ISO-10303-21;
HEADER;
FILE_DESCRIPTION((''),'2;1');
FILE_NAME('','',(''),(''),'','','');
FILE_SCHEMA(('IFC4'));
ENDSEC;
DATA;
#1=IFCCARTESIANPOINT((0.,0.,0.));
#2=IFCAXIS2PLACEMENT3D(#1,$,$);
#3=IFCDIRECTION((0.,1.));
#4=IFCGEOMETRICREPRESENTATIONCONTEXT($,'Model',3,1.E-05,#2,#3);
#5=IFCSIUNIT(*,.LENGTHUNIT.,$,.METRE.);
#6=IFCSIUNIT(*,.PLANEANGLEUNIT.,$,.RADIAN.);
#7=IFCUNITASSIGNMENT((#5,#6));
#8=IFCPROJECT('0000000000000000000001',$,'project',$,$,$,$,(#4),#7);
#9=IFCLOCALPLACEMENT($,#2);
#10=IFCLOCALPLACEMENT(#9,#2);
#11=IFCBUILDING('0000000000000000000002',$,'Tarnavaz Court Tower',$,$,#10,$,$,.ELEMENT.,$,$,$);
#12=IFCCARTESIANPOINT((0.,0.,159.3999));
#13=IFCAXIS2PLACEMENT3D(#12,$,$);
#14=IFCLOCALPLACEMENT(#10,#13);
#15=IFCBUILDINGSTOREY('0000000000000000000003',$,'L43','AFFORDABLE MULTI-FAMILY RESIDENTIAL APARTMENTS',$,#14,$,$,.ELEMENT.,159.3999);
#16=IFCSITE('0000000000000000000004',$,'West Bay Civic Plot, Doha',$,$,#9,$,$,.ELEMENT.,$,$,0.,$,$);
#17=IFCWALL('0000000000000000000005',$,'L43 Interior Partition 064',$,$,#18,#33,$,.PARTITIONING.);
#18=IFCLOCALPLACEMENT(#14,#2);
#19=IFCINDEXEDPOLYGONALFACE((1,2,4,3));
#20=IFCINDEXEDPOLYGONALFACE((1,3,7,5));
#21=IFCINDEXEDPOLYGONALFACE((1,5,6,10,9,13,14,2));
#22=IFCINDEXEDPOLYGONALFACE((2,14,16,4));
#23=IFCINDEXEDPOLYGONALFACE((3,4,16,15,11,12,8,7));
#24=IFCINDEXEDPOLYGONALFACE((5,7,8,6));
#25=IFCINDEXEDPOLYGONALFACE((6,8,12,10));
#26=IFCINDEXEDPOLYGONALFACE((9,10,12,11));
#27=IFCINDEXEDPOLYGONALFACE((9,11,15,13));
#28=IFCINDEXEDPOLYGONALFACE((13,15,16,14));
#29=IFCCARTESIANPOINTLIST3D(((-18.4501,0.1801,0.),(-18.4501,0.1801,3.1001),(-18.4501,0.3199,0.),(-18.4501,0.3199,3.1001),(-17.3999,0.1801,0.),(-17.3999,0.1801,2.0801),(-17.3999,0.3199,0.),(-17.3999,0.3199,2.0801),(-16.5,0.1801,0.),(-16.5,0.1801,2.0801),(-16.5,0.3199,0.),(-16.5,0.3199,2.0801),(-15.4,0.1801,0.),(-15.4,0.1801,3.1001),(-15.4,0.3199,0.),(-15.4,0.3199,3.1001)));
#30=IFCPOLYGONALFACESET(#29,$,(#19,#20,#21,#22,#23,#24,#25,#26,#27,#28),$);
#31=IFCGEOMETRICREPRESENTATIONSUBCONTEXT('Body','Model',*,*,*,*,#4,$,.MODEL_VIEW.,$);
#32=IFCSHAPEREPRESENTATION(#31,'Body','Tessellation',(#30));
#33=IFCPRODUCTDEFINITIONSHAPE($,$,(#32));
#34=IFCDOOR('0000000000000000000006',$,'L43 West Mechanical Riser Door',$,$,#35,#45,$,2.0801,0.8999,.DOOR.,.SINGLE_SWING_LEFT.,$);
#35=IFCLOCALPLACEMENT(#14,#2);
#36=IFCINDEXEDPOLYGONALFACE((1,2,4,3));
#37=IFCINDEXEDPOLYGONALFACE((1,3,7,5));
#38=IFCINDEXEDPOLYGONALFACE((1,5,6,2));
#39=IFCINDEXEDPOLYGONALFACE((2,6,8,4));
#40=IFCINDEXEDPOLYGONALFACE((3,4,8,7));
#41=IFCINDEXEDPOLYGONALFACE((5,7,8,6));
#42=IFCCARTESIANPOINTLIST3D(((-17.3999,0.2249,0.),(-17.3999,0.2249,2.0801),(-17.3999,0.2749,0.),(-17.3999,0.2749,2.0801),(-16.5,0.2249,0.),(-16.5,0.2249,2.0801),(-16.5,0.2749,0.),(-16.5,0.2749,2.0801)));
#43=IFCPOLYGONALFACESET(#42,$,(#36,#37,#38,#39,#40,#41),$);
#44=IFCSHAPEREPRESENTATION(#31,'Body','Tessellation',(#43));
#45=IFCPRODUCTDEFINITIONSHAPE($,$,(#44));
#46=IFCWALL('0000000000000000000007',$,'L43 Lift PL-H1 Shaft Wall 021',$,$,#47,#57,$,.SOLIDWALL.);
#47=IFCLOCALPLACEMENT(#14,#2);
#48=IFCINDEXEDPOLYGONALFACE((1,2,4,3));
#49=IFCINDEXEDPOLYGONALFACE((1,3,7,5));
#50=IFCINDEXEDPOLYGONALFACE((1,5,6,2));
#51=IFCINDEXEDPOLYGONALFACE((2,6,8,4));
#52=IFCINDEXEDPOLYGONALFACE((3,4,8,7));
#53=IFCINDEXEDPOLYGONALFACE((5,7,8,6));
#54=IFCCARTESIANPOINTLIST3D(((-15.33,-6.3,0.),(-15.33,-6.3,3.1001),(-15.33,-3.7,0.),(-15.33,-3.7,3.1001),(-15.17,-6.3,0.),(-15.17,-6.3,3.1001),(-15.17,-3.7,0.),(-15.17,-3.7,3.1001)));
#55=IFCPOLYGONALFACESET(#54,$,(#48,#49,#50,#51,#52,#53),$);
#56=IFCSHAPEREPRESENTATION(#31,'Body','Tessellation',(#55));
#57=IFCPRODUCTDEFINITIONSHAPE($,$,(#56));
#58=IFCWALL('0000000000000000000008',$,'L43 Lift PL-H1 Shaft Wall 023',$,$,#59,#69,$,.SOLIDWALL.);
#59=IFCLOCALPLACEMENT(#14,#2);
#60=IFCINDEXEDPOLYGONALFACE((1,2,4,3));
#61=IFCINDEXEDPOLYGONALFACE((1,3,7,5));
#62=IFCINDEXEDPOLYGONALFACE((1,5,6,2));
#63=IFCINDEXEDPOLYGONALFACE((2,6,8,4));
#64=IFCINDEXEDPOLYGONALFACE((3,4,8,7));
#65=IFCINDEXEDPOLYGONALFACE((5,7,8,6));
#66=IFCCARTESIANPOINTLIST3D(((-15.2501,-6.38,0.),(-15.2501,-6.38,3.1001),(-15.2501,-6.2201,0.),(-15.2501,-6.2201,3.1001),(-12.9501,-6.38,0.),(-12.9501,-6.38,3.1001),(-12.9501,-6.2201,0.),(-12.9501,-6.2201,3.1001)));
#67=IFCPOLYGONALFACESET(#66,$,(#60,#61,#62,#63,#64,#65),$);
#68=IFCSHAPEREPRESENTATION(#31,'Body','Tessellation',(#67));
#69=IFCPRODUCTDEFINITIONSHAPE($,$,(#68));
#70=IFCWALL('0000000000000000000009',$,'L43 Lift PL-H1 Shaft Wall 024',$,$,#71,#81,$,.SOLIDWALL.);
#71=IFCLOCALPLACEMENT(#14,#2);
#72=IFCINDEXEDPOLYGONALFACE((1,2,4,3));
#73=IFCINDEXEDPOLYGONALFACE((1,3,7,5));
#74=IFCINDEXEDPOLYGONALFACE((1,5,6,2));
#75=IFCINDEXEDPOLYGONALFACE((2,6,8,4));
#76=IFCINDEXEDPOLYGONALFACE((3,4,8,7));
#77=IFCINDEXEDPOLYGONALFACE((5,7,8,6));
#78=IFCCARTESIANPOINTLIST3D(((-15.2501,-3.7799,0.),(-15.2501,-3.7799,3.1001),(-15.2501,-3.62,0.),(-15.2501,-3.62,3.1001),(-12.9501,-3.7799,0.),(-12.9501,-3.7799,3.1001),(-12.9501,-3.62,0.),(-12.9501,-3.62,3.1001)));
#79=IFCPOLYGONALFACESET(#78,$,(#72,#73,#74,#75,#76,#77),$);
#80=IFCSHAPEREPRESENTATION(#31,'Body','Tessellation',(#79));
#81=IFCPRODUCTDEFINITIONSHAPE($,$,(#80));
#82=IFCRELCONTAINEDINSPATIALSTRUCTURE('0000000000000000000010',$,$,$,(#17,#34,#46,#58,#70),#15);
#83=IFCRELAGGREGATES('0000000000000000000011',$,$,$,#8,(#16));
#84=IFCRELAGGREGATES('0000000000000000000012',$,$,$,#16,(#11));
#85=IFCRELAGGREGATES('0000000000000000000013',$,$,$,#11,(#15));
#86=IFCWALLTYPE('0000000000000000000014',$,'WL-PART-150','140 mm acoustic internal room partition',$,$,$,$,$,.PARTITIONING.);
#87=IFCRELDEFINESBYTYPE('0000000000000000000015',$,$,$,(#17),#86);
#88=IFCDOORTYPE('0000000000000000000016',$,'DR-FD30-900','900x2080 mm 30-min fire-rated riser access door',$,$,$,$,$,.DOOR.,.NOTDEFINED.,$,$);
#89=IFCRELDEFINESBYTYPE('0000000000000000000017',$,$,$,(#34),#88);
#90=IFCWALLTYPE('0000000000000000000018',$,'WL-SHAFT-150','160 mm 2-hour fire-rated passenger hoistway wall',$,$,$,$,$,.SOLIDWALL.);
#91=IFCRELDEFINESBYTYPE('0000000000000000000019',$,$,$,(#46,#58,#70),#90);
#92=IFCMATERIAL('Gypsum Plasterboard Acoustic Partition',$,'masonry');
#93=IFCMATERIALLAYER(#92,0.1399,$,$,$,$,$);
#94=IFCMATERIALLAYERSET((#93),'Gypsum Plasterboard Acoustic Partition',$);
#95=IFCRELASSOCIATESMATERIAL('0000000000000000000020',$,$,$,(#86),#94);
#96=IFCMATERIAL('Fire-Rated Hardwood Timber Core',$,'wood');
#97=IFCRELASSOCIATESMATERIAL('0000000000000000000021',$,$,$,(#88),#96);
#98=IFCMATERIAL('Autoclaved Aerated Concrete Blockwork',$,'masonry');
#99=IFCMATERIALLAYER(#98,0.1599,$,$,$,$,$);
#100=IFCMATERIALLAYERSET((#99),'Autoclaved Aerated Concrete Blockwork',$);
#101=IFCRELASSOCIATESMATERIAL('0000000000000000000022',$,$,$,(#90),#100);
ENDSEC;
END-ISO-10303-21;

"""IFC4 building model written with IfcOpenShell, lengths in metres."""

from ifc_helpers import new_model, si_unit, direction, frame, frame_2d, origin, place, context, subcontext, project, spatial, rectangle, extrude, material, layer, layer_set, type_object, element, fill, save


model = new_model("IFC4")

# Units and contexts
model_context = context("Model", 3, precision=1e-05, world=origin(), true_north=direction((0.0, 1.0)))
body_context = subcontext(model_context, "Body", "Model", "MODEL_VIEW")
ifc_project = project(units=[si_unit("LENGTHUNIT", "METRE"), si_unit("PLANEANGLEUNIT", "RADIAN")], contexts=[model_context])

# Site, building, storey
site_placement = place(None, origin())
site = spatial("IfcSite", under=ifc_project, at=site_placement, Name="West Bay Civic Plot, Doha", CompositionType="ELEMENT", RefElevation=0.0)
building_placement = place(site_placement, origin())
building = spatial("IfcBuilding", under=site, at=building_placement, Name="Tarnavaz Court Tower", CompositionType="ELEMENT")
storey_placement = place(building_placement, frame((0.0, 0.0, 159.3999)))
storey = spatial("IfcBuildingStorey", under=building, at=storey_placement, Name="L43", Description="AFFORDABLE MULTI-FAMILY RESIDENTIAL APARTMENTS", CompositionType="ELEMENT", Elevation=159.3999)

# Wall, opening, door
ifc_material_1 = material(Name="Fire-Rated Hardwood Timber Core", Category="wood")
ifc_material_2 = material(Name="Gypsum Plasterboard Acoustic Partition", Category="masonry")
ifc_layer_1 = layer(ifc_material_2, 0.1399)
ifc_layer_set_1 = layer_set([ifc_layer_1], Name="Gypsum Plasterboard Acoustic Partition")
wall_type_1 = type_object("IfcWallType", Name="WL-PART-150", Description="140 mm acoustic internal room partition", PredefinedType="PARTITIONING", material=ifc_layer_set_1)
door_type_1 = type_object("IfcDoorType", Name="DR-FD30-900", Description="900x2080 mm 30-min fire-rated riser access door", OperationType="NOTDEFINED", PredefinedType="DOOR", material=ifc_material_1)
wall_1_placement = place(storey_placement, frame((-18.45, 0.25, 0.0), z_axis=(0.0, 0.0, 1.0), x_axis=(1.0, 0.0, 0.0)))
wall_1 = element("IfcWall", 1, at=wall_1_placement, inside=storey, type_object=wall_type_1, Name="L43 Interior Partition 064", PredefinedType="PARTITIONING", context=body_context, shape_type="SweptSolid", body=[
    extrude(rectangle(XDim=3.05, YDim=0.1399, at=frame_2d((1.5249, 0.0))), origin(), (0.0, 0.0, 1.0), 3.1001),
])
opening_1_placement = place(wall_1_placement, frame((1.05, 0.0, 0.0)))
opening_1 = element("IfcOpeningElement", 2, at=opening_1_placement, cuts=wall_1, PredefinedType="OPENING", context=body_context, shape_type="SweptSolid", body=[
    extrude(rectangle(XDim=0.8999, YDim=2.0801, at=frame_2d((0.45, 1.04))), frame((0.0, 0.0798, 0.0), z_axis=(0.0, -1.0, 0.0), x_axis=(1.0, 0.0, 0.0)), (0.0, 0.0, 1.0), 0.1599),
])
door_1_placement = place(opening_1_placement, origin())
door_1 = element("IfcDoor", 3, at=door_1_placement, inside=storey, type_object=door_type_1, Name="L43 West Mechanical Riser Door", OperationType="SINGLE_SWING_LEFT", OverallHeight=2.0801, OverallWidth=0.8999, PredefinedType="DOOR", context=body_context, shape_type="SweptSolid", body=[
    extrude(rectangle(XDim=0.8999, YDim=2.0801, at=frame_2d((0.45, 1.04))), frame((0.0, 0.0249, 0.0), z_axis=(0.0, -1.0, 0.0), x_axis=(1.0, 0.0, 0.0)), (0.0, 0.0, 1.0), 0.05),
])
fill(opening_1, door_1)

# Walls
ifc_material_3 = material(Name="Autoclaved Aerated Concrete Blockwork", Category="masonry")
ifc_layer_2 = layer(ifc_material_3, 0.1599)
ifc_layer_set_2 = layer_set([ifc_layer_2], Name="Autoclaved Aerated Concrete Blockwork")
wall_type_2 = type_object("IfcWallType", Name="WL-SHAFT-150", Description="160 mm 2-hour fire-rated passenger hoistway wall", PredefinedType="SOLIDWALL", material=ifc_layer_set_2)
wall_2_placement = place(storey_placement, frame((-15.25, -6.3, 0.0), z_axis=(0.0, 0.0, 1.0), x_axis=(0.0, 1.0, 0.0)))
element("IfcWall", 4, at=wall_2_placement, inside=storey, type_object=wall_type_2, Name="L43 Lift PL-H1 Shaft Wall 021", PredefinedType="SOLIDWALL", context=body_context, shape_type="SweptSolid", body=[
    extrude(rectangle(XDim=2.6001, YDim=0.1599, at=frame_2d((1.3, 0.0))), origin(), (0.0, 0.0, 1.0), 3.1001),
])
for number, where, z_axis, x_axis, name in (
    (5, (-15.25, -6.3, 0.0), (0.0, 0.0, 1.0), (1.0, 0.0, 0.0), "L43 Lift PL-H1 Shaft Wall 023"),
    (6, (-15.25, -3.7, 0.0), (0.0, 0.0, 1.0), (1.0, 0.0, 0.0), "L43 Lift PL-H1 Shaft Wall 024"),
):
    element("IfcWall", number, at=place(storey_placement, frame(where, z_axis=z_axis, x_axis=x_axis)), inside=storey, type_object=wall_type_2, Name=name, PredefinedType="SOLIDWALL", context=body_context, shape_type="SweptSolid", body=[
        extrude(rectangle(XDim=2.3, YDim=0.1599, at=frame_2d((1.1499, 0.0))), origin(), (0.0, 0.0, 1.0), 3.1001),
    ])

save(model, "model.ifc")
